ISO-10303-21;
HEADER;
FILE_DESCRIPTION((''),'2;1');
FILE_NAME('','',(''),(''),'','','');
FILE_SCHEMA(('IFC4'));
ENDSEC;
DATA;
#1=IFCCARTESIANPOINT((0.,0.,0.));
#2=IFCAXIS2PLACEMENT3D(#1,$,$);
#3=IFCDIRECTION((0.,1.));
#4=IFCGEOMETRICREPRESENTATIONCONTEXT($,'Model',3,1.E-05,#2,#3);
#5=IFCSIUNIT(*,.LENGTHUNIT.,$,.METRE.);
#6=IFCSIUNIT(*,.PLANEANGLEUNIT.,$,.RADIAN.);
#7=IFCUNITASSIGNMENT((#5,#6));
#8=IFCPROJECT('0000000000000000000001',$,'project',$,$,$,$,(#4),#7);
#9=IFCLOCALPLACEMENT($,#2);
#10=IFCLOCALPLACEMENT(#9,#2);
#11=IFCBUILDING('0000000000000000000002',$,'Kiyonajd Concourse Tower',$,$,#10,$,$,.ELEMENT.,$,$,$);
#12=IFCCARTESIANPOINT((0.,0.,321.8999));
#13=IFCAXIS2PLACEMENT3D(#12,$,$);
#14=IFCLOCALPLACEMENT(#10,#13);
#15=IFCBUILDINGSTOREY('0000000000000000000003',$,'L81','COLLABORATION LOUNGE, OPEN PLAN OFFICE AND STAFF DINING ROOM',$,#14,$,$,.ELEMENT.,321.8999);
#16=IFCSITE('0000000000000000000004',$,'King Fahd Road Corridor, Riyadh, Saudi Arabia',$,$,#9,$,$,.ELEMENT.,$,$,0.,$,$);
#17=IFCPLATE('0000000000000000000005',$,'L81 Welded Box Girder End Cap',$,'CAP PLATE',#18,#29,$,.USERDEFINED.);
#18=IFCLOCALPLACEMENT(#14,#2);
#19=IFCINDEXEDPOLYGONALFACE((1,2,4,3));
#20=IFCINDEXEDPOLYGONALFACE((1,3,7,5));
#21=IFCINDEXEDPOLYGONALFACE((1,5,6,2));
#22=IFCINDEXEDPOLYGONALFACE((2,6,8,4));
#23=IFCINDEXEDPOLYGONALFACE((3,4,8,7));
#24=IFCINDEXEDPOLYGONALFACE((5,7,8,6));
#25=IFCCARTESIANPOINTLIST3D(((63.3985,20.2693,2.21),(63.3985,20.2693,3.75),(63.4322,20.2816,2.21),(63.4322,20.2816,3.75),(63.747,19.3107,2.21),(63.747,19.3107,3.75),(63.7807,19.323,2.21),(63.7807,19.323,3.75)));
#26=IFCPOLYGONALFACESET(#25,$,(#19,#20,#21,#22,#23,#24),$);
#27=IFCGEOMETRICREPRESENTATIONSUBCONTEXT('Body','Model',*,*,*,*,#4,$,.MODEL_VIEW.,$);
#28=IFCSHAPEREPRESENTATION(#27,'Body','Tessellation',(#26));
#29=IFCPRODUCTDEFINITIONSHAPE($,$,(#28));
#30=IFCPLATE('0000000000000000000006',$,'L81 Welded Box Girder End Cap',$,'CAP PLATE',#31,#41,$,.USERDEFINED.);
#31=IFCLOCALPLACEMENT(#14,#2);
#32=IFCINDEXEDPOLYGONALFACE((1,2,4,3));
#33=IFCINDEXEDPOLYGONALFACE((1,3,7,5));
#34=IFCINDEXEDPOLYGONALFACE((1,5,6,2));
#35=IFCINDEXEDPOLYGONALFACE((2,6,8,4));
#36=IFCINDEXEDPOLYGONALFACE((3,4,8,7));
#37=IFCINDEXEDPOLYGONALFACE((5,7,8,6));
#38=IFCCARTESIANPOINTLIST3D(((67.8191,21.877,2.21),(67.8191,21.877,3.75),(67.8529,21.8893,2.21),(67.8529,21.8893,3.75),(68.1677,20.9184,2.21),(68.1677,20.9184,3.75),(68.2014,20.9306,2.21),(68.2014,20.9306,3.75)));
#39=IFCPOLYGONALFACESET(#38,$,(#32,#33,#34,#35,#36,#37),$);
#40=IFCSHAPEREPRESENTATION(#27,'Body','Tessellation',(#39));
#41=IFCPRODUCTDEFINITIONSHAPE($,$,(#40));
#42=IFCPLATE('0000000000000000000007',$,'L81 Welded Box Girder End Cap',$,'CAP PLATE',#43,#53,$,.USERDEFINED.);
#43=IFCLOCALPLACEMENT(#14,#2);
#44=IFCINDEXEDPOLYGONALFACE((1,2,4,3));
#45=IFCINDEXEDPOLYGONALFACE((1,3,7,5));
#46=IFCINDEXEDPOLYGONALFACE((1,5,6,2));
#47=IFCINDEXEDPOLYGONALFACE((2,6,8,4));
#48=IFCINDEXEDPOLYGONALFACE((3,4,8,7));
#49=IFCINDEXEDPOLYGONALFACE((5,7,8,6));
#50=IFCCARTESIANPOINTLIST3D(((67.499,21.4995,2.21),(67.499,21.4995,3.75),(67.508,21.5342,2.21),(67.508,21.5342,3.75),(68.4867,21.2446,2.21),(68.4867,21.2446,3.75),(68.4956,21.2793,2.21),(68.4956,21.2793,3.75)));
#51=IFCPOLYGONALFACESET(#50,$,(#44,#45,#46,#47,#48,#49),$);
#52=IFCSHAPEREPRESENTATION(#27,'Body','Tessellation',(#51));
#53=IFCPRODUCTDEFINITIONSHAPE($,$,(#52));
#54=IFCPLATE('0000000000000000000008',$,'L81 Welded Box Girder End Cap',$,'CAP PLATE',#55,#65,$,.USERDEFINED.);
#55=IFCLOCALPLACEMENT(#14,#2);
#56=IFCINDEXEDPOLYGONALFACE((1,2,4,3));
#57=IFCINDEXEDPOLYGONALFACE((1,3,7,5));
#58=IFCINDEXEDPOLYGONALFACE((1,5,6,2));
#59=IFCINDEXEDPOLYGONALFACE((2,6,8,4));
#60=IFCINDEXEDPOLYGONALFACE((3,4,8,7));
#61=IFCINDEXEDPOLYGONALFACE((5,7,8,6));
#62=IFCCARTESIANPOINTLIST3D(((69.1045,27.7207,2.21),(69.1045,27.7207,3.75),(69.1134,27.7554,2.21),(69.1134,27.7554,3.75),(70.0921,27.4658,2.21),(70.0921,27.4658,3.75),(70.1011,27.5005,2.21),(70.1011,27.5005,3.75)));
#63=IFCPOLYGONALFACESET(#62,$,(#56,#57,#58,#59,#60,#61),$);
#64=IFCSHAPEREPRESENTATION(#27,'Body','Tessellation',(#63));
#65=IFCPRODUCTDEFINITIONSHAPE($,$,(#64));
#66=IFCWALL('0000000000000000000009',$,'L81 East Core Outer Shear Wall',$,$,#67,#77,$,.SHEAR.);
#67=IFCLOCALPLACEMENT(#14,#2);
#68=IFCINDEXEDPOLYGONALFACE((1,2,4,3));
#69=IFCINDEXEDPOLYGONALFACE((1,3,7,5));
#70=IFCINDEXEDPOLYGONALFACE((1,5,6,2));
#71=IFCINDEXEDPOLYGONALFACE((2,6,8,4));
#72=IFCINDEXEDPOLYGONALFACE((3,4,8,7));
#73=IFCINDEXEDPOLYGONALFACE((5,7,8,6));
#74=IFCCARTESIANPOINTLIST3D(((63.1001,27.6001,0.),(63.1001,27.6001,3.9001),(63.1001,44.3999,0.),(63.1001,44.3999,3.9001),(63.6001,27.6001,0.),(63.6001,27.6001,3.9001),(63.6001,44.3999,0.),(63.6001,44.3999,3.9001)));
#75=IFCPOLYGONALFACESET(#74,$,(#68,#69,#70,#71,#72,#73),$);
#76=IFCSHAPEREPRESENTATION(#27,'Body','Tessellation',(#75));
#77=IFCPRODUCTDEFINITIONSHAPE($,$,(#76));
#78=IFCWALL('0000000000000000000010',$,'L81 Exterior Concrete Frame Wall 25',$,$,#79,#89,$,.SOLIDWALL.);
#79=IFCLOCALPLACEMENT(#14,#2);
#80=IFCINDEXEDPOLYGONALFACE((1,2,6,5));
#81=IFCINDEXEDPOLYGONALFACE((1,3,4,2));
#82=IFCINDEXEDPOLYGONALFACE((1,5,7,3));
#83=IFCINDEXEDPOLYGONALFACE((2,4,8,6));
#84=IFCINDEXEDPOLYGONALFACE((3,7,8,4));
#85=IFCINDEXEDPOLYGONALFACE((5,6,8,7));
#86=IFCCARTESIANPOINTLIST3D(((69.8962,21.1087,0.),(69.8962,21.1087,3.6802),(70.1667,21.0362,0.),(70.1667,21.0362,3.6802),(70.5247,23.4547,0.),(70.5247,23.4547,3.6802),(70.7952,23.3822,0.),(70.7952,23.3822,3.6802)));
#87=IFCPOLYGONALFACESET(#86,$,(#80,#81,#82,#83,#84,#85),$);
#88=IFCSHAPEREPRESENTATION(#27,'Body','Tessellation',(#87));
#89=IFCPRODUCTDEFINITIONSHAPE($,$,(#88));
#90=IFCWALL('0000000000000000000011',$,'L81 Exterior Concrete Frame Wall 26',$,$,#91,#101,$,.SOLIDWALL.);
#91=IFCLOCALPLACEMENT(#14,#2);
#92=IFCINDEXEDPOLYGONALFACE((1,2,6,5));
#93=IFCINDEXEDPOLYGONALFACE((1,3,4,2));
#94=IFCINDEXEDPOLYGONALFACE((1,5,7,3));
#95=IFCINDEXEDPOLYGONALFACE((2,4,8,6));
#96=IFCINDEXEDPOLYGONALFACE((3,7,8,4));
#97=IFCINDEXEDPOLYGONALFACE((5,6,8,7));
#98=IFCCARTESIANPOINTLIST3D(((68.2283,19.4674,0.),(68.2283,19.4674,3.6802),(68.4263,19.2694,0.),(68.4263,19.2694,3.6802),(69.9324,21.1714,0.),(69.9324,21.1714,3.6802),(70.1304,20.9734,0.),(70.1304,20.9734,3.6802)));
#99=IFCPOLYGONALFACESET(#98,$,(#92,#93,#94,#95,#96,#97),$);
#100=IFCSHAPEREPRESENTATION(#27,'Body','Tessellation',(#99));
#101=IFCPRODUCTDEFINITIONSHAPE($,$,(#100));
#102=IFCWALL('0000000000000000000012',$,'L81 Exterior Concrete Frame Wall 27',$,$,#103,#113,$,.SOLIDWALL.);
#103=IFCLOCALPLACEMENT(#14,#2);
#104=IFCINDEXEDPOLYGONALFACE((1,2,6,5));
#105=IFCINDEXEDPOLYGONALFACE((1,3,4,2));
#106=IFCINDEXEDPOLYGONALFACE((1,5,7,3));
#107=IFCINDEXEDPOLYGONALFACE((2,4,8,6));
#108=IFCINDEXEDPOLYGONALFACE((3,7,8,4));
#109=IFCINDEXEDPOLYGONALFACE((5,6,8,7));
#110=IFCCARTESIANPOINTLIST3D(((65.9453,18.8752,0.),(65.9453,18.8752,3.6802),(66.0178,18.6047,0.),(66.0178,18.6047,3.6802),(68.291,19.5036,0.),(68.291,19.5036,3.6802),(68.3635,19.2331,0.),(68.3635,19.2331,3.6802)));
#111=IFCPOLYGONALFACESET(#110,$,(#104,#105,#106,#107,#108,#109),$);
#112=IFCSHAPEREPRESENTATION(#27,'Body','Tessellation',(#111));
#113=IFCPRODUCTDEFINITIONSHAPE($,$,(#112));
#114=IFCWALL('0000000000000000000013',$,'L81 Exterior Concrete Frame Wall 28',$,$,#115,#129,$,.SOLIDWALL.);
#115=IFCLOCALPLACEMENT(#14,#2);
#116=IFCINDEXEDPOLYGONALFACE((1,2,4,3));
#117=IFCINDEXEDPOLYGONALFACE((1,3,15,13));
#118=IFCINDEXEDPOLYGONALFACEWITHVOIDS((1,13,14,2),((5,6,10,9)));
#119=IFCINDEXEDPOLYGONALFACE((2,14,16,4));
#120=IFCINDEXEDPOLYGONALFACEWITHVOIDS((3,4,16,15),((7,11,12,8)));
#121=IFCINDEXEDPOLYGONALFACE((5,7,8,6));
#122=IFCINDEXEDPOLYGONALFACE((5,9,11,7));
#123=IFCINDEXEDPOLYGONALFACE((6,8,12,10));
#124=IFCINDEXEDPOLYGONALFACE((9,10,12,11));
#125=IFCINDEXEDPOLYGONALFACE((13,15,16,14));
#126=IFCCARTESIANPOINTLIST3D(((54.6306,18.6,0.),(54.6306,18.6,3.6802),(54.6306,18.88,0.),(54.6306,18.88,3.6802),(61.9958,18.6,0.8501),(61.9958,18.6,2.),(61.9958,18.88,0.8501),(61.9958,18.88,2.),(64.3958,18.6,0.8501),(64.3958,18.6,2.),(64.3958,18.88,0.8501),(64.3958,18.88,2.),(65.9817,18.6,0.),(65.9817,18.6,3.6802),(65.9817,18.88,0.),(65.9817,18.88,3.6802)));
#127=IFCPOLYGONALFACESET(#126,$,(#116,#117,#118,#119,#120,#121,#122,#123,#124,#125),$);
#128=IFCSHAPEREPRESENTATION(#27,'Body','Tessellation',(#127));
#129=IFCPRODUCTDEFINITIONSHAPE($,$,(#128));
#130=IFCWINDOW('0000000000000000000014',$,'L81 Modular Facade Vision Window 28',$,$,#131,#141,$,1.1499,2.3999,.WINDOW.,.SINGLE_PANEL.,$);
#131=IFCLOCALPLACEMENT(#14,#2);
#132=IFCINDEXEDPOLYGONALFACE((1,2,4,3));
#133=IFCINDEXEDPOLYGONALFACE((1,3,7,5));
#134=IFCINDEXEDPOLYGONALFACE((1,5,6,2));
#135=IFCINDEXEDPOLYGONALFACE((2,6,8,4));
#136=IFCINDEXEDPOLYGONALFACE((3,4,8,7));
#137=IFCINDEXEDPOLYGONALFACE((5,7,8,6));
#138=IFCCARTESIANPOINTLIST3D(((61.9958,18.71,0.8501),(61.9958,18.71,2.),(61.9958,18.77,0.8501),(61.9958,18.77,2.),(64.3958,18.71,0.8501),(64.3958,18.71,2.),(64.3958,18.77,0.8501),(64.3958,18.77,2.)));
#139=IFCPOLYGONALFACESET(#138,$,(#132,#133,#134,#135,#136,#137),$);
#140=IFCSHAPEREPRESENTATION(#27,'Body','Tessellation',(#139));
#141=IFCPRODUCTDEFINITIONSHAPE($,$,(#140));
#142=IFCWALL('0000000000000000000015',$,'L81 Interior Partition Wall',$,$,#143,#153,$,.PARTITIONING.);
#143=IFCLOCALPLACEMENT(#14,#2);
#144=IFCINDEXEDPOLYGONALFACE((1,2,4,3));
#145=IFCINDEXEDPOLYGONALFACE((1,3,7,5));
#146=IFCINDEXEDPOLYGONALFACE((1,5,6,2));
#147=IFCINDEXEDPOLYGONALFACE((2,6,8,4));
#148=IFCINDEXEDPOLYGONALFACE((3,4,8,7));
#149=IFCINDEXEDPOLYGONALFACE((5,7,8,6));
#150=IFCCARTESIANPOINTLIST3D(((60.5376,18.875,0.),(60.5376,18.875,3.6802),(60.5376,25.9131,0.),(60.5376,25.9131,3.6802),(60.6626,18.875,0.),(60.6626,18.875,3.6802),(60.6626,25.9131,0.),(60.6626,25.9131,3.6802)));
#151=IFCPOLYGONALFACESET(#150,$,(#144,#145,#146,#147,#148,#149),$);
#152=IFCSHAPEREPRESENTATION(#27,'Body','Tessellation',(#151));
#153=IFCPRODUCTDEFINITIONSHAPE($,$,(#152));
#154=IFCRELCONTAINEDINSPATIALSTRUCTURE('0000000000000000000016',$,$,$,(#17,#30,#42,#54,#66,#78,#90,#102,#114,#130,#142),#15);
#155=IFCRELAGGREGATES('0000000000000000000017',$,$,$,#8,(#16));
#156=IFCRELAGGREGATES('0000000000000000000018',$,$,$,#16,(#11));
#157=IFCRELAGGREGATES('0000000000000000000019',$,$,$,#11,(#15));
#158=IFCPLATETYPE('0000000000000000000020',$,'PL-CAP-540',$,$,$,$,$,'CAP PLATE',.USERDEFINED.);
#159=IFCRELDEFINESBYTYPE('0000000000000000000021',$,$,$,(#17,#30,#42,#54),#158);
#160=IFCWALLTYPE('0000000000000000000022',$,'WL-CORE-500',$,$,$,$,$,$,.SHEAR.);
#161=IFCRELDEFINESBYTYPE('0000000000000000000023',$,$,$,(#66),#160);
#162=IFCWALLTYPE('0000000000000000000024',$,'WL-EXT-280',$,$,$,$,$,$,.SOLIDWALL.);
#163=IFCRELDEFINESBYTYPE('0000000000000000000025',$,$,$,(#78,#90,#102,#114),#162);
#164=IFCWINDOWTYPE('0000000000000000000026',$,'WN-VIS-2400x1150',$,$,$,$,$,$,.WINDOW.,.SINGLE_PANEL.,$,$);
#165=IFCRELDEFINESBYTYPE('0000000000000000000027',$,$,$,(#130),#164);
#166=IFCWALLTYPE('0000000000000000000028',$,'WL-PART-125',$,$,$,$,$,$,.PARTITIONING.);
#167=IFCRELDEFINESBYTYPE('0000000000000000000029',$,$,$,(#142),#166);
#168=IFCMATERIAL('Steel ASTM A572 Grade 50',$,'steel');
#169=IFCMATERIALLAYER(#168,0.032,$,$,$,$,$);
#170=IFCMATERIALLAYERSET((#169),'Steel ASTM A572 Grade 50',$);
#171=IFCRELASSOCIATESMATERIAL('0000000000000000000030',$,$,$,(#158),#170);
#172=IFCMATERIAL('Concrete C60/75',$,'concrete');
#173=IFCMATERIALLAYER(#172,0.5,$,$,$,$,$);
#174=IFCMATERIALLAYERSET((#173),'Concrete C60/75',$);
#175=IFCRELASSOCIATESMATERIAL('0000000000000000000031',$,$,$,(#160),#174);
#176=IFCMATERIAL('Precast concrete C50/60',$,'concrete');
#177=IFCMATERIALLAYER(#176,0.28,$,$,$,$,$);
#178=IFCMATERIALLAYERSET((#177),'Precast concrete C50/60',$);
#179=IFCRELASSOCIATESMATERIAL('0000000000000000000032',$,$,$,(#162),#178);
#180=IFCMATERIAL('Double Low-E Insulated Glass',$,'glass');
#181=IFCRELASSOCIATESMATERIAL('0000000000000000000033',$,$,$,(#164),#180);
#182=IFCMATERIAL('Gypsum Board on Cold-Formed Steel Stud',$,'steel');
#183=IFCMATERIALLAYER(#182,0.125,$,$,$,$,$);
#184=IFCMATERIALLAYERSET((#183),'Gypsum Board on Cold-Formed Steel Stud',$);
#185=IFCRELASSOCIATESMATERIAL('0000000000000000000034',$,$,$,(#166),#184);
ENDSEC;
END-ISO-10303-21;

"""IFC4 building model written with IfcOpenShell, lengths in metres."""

from ifc_helpers import new_model, si_unit, direction, frame, frame_2d, origin, origin_2d, place, context, subcontext, project, spatial, rectangle, extrude, material, layer, layer_set, type_object, element, fill, save


model = new_model("IFC4")

# Units and contexts
model_context = context("Model", 3, precision=1e-05, world=origin(), true_north=direction((0.0, 1.0)))
body_context = subcontext(model_context, "Body", "Model", "MODEL_VIEW")
ifc_project = project(units=[si_unit("LENGTHUNIT", "METRE"), si_unit("PLANEANGLEUNIT", "RADIAN")], contexts=[model_context])

# Site, building, storey
site_placement = place(None, origin())
site = spatial("IfcSite", under=ifc_project, at=site_placement, Name="King Fahd Road Corridor, Riyadh, Saudi Arabia", CompositionType="ELEMENT", RefElevation=0.0)
building_placement = place(site_placement, origin())
building = spatial("IfcBuilding", under=site, at=building_placement, Name="Kiyonajd Concourse Tower", CompositionType="ELEMENT")
storey_placement = place(building_placement, frame((0.0, 0.0, 321.8999)))
storey = spatial("IfcBuildingStorey", under=building, at=storey_placement, Name="L81", Description="COLLABORATION LOUNGE, OPEN PLAN OFFICE AND STAFF DINING ROOM", CompositionType="ELEMENT", Elevation=321.8999)

# Shared definitions
ifc_material_1 = material(Name="Concrete C60/75", Category="concrete")

# Shared definitions
ifc_material_2 = material(Name="Steel ASTM A572 Grade 50", Category="steel")

# Plates
ifc_layer_1 = layer(ifc_material_2, 0.032)
ifc_layer_set_1 = layer_set([ifc_layer_1], Name="Steel ASTM A572 Grade 50")
plate_type = type_object("IfcPlateType", Name="PL-CAP-540", ElementType="CAP PLATE", PredefinedType="USERDEFINED", material=ifc_layer_set_1)
for number, where, z_axis, x_axis, name in (
    (1, (63.5896, 19.7961, 2.21), (0.0, 0.0, 1.0), (-0.939812, -0.341692, 0.0), "L81 Welded Box Girder End Cap"),
    (2, (68.0103, 21.4038, 2.21), (0.0, 0.0, 1.0), (0.939812, 0.341692, 0.0), "L81 Welded Box Girder End Cap"),
    (3, (67.9973, 21.3894, 2.21), (0.0, 0.0, 1.0), (-0.249873, -0.968279, 0.0), "L81 Welded Box Girder End Cap"),
    (4, (69.6028, 27.6106, 2.21), (0.0, 0.0, 1.0), (0.249873, 0.968279, 0.0), "L81 Welded Box Girder End Cap"),
):
    element("IfcPlate", number, at=place(storey_placement, frame(where, z_axis=z_axis, x_axis=x_axis)), inside=storey, type_object=plate_type, Name=name, ObjectType="CAP PLATE", PredefinedType="USERDEFINED", context=body_context, shape_type="SweptSolid", body=[
        extrude(rectangle(XDim=0.0359, YDim=1.02, at=origin_2d()), origin(), (0.0, 0.0, 1.0), 1.54),
    ])

# Walls
ifc_layer_2 = layer(ifc_material_1, 0.5)
ifc_layer_set_2 = layer_set([ifc_layer_2], Name="Concrete C60/75")
wall_type_1 = type_object("IfcWallType", Name="WL-CORE-500", PredefinedType="SHEAR", material=ifc_layer_set_2)
wall_1_placement = place(storey_placement, frame((63.3501, 27.6001, 0.0), z_axis=(0.0, 0.0, 1.0), x_axis=(0.0, 1.0, 0.0)))
element("IfcWall", 5, at=wall_1_placement, inside=storey, type_object=wall_type_1, Name="L81 East Core Outer Shear Wall", PredefinedType="SHEAR", context=body_context, shape_type="SweptSolid", body=[
    extrude(rectangle(XDim=16.7998, YDim=0.5, at=frame_2d((8.3999, 0.0))), origin(), (0.0, 0.0, 1.0), 3.9001),
])
ifc_material_3 = material(Name="Precast concrete C50/60", Category="concrete")
ifc_layer_3 = layer(ifc_material_3, 0.28)
ifc_layer_set_3 = layer_set([ifc_layer_3], Name="Precast concrete C50/60")
wall_type_2 = type_object("IfcWallType", Name="WL-EXT-280", PredefinedType="SOLIDWALL", material=ifc_layer_set_3)
wall_2_placement = place(storey_placement, frame((70.6599, 23.4185, 0.0), z_axis=(0.0, 0.0, 1.0), x_axis=(-0.258751, -0.965944, 0.0)))
element("IfcWall", 6, at=wall_2_placement, inside=storey, type_object=wall_type_2, Name="L81 Exterior Concrete Frame Wall 25", PredefinedType="SOLIDWALL", context=body_context, shape_type="SweptSolid", body=[
    extrude(rectangle(XDim=2.4287, YDim=0.28, at=frame_2d((1.2144, 0.0))), origin(), (0.0, 0.0, 1.0), 3.6802),
])
wall_3_placement = place(storey_placement, frame((70.0315, 21.0725, 0.0), z_axis=(0.0, 0.0, 1.0), x_axis=(-0.707107, -0.707107, 0.0)))
element("IfcWall", 7, at=wall_3_placement, inside=storey, type_object=wall_type_2, Name="L81 Exterior Concrete Frame Wall 26", PredefinedType="SOLIDWALL", context=body_context, shape_type="SweptSolid", body=[
    extrude(rectangle(XDim=2.4099, YDim=0.28, at=frame_2d((1.2051, 0.0))), origin(), (0.0, 0.0, 1.0), 3.6802),
])
wall_4_placement = place(storey_placement, frame((68.3274, 19.3684, 0.0), z_axis=(0.0, 0.0, 1.0), x_axis=(-0.965937, -0.258776, 0.0)))
element("IfcWall", 8, at=wall_4_placement, inside=storey, type_object=wall_type_2, Name="L81 Exterior Concrete Frame Wall 27", PredefinedType="SOLIDWALL", context=body_context, shape_type="SweptSolid", body=[
    extrude(rectangle(XDim=2.4285, YDim=0.28, at=frame_2d((1.2144, 0.0))), origin(), (0.0, 0.0, 1.0), 3.6802),
])

# Wall, opening, window
wall_5_placement = place(storey_placement, frame((65.9817, 18.74, 0.0), z_axis=(0.0, 0.0, 1.0), x_axis=(-1.0, 0.0, 0.0)))
wall_5 = element("IfcWall", 9, at=wall_5_placement, inside=storey, type_object=wall_type_2, Name="L81 Exterior Concrete Frame Wall 28", PredefinedType="SOLIDWALL", context=body_context, shape_type="SweptSolid", body=[
    extrude(rectangle(XDim=11.3511, YDim=0.28, at=frame_2d((5.6755, 0.0))), origin(), (0.0, 0.0, 1.0), 3.6802),
])
opening_1_placement = place(wall_5_placement, frame((1.5859, 0.0, 0.8501)))
opening_1 = element("IfcOpeningElement", 10, at=opening_1_placement, cuts=wall_5, PredefinedType="OPENING", context=body_context, shape_type="SweptSolid", body=[
    extrude(rectangle(XDim=2.3999, YDim=1.1499, at=frame_2d((1.2, 0.575))), frame((0.0, 0.1499, 0.0), z_axis=(0.0, -1.0, 0.0), x_axis=(1.0, 0.0, 0.0)), (0.0, 0.0, 1.0), 0.3),
])
ifc_material_4 = material(Name="Double Low-E Insulated Glass", Category="glass")
window_type = type_object("IfcWindowType", Name="WN-VIS-2400x1150", PartitioningType="SINGLE_PANEL", PredefinedType="WINDOW", material=ifc_material_4)
window_placement = place(opening_1_placement, origin())
window = element("IfcWindow", 11, at=window_placement, inside=storey, type_object=window_type, Name="L81 Modular Facade Vision Window 28", OverallHeight=1.1499, OverallWidth=2.3999, PartitioningType="SINGLE_PANEL", PredefinedType="WINDOW", context=body_context, shape_type="SweptSolid", body=[
    extrude(rectangle(XDim=2.3999, YDim=1.1499, at=frame_2d((1.2, 0.575))), frame((0.0, 0.03, 0.0), z_axis=(0.0, -1.0, 0.0), x_axis=(1.0, 0.0, 0.0)), (0.0, 0.0, 1.0), 0.0601),
])
fill(opening_1, window)

# Wall
ifc_material_5 = material(Name="Gypsum Board on Cold-Formed Steel Stud", Category="steel")
ifc_layer_4 = layer(ifc_material_5, 0.125)
ifc_layer_set_4 = layer_set([ifc_layer_4], Name="Gypsum Board on Cold-Formed Steel Stud")
wall_type_3 = type_object("IfcWallType", Name="WL-PART-125", PredefinedType="PARTITIONING", material=ifc_layer_set_4)
wall_6_placement = place(storey_placement, frame((60.6001, 18.875, 0.0), z_axis=(0.0, 0.0, 1.0), x_axis=(0.0, 1.0, 0.0)))
element("IfcWall", 12, at=wall_6_placement, inside=storey, type_object=wall_type_3, Name="L81 Interior Partition Wall", PredefinedType="PARTITIONING", context=body_context, shape_type="SweptSolid", body=[
    extrude(rectangle(XDim=7.0381, YDim=0.125, at=frame_2d((3.519, 0.0))), origin(), (0.0, 0.0, 1.0), 3.6802),
])

save(model, "model.ifc")
